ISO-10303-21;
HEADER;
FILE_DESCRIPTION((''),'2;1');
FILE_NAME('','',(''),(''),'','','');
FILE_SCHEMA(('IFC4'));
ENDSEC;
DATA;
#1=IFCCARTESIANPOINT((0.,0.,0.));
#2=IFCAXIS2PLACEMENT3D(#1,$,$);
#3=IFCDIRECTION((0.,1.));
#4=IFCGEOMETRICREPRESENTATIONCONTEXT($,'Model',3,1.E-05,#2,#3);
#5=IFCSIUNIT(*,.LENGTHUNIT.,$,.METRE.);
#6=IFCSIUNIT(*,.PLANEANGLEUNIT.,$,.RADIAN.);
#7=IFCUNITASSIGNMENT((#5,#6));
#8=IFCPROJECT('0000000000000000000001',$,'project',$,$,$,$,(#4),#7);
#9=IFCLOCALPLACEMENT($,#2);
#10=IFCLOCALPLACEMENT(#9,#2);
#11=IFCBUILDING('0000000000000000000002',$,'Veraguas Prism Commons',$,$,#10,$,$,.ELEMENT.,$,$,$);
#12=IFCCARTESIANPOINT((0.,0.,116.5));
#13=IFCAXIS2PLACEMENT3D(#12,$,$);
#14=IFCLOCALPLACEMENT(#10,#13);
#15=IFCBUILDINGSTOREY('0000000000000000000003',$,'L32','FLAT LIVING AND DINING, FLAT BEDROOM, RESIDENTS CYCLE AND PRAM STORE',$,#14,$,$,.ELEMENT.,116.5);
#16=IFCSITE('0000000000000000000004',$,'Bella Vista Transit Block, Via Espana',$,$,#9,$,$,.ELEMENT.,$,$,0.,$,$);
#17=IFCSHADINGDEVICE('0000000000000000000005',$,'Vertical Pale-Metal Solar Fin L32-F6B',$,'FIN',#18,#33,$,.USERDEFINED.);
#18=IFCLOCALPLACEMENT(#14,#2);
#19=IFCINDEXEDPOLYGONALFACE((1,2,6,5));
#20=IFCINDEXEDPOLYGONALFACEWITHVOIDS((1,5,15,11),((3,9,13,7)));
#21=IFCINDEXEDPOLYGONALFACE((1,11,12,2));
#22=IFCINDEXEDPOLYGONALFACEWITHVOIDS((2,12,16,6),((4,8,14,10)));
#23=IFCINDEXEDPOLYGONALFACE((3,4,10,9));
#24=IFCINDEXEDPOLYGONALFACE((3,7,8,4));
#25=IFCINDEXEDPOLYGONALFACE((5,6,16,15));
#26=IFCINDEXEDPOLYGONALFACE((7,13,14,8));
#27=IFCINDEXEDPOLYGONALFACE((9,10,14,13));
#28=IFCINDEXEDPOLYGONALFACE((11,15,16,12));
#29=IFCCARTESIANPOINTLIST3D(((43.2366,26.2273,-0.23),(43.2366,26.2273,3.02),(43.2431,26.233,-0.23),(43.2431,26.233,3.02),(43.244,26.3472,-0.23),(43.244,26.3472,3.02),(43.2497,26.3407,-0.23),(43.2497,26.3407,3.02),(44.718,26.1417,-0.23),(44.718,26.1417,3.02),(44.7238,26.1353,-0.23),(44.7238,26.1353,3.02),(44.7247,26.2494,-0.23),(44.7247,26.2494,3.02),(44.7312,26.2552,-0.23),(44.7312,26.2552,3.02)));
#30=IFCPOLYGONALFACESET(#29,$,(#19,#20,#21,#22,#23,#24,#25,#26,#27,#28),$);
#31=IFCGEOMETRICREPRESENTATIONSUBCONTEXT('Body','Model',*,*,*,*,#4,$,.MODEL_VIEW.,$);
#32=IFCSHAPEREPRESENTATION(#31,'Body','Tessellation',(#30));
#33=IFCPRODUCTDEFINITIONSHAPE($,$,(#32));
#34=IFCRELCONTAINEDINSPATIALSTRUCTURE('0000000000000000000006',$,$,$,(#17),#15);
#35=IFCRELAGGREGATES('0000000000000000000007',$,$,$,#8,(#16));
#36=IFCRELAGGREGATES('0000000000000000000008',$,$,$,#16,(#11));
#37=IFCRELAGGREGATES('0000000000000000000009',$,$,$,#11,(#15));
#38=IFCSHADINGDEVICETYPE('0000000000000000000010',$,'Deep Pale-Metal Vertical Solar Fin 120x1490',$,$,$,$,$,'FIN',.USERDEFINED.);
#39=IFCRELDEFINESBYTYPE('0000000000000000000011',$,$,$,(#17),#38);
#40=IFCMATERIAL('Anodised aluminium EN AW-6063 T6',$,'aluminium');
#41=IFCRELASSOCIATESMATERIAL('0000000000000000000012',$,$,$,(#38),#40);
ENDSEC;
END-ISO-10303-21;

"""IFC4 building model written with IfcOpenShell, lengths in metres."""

from ifc_helpers import new_model, si_unit, direction, frame, origin, origin_2d, place, context, subcontext, project, spatial, hollow_rectangle, extrude, material, material_profile, profile_set, type_object, element, save


model = new_model("IFC4")

# Units and contexts
model_context = context("Model", 3, precision=1e-05, world=origin(), true_north=direction((0.0, 1.0)))
body_context = subcontext(model_context, "Body", "Model", "MODEL_VIEW")
ifc_project = project(units=[si_unit("LENGTHUNIT", "METRE"), si_unit("PLANEANGLEUNIT", "RADIAN")], contexts=[model_context])

# Site, building, storey
site_placement = place(None, origin())
site = spatial("IfcSite", under=ifc_project, at=site_placement, Name="Bella Vista Transit Block, Via Espana", CompositionType="ELEMENT", RefElevation=0.0)
building_placement = place(site_placement, origin())
building = spatial("IfcBuilding", under=site, at=building_placement, Name="Veraguas Prism Commons", CompositionType="ELEMENT")
storey_placement = place(building_placement, frame((0.0, 0.0, 116.5)))
storey = spatial("IfcBuildingStorey", under=building, at=storey_placement, Name="L32", Description="FLAT LIVING AND DINING, FLAT BEDROOM, RESIDENTS CYCLE AND PRAM STORE", CompositionType="ELEMENT", Elevation=116.5)

# Shared definitions
ifc_material_1 = material(Name="Anodised aluminium EN AW-6063 T6", Category="aluminium")

# Shading device
ifc_material_profile_1 = material_profile(ifc_material_1, hollow_rectangle(XDim=0.1201, YDim=1.49, WallThickness=0.0061, at=origin_2d()), Name="FIN120X1490X6")
ifc_profile_set_1 = profile_set([ifc_material_profile_1], Name="Anodised aluminium EN AW-6063 T6")
shading_device_type = type_object("IfcShadingDeviceType", Name="Deep Pale-Metal Vertical Solar Fin 120x1490", ElementType="FIN", PredefinedType="USERDEFINED", material=ifc_profile_set_1)
shading_device_placement = place(storey_placement, frame((43.9839, 26.2412, -0.23), z_axis=(0.0, 0.0, 1.0), x_axis=(0.061742, 0.998092, 0.0)))
element("IfcShadingDevice", 1, at=shading_device_placement, inside=storey, type_object=shading_device_type, Name="Vertical Pale-Metal Solar Fin L32-F6B", ObjectType="FIN", PredefinedType="USERDEFINED", context=body_context, shape_type="SweptSolid", body=[
    extrude(hollow_rectangle(XDim=0.1201, YDim=1.49, WallThickness=0.0061, at=origin_2d()), origin(), (0.0, 0.0, 1.0), 3.25),
])

save(model, "model.ifc")
